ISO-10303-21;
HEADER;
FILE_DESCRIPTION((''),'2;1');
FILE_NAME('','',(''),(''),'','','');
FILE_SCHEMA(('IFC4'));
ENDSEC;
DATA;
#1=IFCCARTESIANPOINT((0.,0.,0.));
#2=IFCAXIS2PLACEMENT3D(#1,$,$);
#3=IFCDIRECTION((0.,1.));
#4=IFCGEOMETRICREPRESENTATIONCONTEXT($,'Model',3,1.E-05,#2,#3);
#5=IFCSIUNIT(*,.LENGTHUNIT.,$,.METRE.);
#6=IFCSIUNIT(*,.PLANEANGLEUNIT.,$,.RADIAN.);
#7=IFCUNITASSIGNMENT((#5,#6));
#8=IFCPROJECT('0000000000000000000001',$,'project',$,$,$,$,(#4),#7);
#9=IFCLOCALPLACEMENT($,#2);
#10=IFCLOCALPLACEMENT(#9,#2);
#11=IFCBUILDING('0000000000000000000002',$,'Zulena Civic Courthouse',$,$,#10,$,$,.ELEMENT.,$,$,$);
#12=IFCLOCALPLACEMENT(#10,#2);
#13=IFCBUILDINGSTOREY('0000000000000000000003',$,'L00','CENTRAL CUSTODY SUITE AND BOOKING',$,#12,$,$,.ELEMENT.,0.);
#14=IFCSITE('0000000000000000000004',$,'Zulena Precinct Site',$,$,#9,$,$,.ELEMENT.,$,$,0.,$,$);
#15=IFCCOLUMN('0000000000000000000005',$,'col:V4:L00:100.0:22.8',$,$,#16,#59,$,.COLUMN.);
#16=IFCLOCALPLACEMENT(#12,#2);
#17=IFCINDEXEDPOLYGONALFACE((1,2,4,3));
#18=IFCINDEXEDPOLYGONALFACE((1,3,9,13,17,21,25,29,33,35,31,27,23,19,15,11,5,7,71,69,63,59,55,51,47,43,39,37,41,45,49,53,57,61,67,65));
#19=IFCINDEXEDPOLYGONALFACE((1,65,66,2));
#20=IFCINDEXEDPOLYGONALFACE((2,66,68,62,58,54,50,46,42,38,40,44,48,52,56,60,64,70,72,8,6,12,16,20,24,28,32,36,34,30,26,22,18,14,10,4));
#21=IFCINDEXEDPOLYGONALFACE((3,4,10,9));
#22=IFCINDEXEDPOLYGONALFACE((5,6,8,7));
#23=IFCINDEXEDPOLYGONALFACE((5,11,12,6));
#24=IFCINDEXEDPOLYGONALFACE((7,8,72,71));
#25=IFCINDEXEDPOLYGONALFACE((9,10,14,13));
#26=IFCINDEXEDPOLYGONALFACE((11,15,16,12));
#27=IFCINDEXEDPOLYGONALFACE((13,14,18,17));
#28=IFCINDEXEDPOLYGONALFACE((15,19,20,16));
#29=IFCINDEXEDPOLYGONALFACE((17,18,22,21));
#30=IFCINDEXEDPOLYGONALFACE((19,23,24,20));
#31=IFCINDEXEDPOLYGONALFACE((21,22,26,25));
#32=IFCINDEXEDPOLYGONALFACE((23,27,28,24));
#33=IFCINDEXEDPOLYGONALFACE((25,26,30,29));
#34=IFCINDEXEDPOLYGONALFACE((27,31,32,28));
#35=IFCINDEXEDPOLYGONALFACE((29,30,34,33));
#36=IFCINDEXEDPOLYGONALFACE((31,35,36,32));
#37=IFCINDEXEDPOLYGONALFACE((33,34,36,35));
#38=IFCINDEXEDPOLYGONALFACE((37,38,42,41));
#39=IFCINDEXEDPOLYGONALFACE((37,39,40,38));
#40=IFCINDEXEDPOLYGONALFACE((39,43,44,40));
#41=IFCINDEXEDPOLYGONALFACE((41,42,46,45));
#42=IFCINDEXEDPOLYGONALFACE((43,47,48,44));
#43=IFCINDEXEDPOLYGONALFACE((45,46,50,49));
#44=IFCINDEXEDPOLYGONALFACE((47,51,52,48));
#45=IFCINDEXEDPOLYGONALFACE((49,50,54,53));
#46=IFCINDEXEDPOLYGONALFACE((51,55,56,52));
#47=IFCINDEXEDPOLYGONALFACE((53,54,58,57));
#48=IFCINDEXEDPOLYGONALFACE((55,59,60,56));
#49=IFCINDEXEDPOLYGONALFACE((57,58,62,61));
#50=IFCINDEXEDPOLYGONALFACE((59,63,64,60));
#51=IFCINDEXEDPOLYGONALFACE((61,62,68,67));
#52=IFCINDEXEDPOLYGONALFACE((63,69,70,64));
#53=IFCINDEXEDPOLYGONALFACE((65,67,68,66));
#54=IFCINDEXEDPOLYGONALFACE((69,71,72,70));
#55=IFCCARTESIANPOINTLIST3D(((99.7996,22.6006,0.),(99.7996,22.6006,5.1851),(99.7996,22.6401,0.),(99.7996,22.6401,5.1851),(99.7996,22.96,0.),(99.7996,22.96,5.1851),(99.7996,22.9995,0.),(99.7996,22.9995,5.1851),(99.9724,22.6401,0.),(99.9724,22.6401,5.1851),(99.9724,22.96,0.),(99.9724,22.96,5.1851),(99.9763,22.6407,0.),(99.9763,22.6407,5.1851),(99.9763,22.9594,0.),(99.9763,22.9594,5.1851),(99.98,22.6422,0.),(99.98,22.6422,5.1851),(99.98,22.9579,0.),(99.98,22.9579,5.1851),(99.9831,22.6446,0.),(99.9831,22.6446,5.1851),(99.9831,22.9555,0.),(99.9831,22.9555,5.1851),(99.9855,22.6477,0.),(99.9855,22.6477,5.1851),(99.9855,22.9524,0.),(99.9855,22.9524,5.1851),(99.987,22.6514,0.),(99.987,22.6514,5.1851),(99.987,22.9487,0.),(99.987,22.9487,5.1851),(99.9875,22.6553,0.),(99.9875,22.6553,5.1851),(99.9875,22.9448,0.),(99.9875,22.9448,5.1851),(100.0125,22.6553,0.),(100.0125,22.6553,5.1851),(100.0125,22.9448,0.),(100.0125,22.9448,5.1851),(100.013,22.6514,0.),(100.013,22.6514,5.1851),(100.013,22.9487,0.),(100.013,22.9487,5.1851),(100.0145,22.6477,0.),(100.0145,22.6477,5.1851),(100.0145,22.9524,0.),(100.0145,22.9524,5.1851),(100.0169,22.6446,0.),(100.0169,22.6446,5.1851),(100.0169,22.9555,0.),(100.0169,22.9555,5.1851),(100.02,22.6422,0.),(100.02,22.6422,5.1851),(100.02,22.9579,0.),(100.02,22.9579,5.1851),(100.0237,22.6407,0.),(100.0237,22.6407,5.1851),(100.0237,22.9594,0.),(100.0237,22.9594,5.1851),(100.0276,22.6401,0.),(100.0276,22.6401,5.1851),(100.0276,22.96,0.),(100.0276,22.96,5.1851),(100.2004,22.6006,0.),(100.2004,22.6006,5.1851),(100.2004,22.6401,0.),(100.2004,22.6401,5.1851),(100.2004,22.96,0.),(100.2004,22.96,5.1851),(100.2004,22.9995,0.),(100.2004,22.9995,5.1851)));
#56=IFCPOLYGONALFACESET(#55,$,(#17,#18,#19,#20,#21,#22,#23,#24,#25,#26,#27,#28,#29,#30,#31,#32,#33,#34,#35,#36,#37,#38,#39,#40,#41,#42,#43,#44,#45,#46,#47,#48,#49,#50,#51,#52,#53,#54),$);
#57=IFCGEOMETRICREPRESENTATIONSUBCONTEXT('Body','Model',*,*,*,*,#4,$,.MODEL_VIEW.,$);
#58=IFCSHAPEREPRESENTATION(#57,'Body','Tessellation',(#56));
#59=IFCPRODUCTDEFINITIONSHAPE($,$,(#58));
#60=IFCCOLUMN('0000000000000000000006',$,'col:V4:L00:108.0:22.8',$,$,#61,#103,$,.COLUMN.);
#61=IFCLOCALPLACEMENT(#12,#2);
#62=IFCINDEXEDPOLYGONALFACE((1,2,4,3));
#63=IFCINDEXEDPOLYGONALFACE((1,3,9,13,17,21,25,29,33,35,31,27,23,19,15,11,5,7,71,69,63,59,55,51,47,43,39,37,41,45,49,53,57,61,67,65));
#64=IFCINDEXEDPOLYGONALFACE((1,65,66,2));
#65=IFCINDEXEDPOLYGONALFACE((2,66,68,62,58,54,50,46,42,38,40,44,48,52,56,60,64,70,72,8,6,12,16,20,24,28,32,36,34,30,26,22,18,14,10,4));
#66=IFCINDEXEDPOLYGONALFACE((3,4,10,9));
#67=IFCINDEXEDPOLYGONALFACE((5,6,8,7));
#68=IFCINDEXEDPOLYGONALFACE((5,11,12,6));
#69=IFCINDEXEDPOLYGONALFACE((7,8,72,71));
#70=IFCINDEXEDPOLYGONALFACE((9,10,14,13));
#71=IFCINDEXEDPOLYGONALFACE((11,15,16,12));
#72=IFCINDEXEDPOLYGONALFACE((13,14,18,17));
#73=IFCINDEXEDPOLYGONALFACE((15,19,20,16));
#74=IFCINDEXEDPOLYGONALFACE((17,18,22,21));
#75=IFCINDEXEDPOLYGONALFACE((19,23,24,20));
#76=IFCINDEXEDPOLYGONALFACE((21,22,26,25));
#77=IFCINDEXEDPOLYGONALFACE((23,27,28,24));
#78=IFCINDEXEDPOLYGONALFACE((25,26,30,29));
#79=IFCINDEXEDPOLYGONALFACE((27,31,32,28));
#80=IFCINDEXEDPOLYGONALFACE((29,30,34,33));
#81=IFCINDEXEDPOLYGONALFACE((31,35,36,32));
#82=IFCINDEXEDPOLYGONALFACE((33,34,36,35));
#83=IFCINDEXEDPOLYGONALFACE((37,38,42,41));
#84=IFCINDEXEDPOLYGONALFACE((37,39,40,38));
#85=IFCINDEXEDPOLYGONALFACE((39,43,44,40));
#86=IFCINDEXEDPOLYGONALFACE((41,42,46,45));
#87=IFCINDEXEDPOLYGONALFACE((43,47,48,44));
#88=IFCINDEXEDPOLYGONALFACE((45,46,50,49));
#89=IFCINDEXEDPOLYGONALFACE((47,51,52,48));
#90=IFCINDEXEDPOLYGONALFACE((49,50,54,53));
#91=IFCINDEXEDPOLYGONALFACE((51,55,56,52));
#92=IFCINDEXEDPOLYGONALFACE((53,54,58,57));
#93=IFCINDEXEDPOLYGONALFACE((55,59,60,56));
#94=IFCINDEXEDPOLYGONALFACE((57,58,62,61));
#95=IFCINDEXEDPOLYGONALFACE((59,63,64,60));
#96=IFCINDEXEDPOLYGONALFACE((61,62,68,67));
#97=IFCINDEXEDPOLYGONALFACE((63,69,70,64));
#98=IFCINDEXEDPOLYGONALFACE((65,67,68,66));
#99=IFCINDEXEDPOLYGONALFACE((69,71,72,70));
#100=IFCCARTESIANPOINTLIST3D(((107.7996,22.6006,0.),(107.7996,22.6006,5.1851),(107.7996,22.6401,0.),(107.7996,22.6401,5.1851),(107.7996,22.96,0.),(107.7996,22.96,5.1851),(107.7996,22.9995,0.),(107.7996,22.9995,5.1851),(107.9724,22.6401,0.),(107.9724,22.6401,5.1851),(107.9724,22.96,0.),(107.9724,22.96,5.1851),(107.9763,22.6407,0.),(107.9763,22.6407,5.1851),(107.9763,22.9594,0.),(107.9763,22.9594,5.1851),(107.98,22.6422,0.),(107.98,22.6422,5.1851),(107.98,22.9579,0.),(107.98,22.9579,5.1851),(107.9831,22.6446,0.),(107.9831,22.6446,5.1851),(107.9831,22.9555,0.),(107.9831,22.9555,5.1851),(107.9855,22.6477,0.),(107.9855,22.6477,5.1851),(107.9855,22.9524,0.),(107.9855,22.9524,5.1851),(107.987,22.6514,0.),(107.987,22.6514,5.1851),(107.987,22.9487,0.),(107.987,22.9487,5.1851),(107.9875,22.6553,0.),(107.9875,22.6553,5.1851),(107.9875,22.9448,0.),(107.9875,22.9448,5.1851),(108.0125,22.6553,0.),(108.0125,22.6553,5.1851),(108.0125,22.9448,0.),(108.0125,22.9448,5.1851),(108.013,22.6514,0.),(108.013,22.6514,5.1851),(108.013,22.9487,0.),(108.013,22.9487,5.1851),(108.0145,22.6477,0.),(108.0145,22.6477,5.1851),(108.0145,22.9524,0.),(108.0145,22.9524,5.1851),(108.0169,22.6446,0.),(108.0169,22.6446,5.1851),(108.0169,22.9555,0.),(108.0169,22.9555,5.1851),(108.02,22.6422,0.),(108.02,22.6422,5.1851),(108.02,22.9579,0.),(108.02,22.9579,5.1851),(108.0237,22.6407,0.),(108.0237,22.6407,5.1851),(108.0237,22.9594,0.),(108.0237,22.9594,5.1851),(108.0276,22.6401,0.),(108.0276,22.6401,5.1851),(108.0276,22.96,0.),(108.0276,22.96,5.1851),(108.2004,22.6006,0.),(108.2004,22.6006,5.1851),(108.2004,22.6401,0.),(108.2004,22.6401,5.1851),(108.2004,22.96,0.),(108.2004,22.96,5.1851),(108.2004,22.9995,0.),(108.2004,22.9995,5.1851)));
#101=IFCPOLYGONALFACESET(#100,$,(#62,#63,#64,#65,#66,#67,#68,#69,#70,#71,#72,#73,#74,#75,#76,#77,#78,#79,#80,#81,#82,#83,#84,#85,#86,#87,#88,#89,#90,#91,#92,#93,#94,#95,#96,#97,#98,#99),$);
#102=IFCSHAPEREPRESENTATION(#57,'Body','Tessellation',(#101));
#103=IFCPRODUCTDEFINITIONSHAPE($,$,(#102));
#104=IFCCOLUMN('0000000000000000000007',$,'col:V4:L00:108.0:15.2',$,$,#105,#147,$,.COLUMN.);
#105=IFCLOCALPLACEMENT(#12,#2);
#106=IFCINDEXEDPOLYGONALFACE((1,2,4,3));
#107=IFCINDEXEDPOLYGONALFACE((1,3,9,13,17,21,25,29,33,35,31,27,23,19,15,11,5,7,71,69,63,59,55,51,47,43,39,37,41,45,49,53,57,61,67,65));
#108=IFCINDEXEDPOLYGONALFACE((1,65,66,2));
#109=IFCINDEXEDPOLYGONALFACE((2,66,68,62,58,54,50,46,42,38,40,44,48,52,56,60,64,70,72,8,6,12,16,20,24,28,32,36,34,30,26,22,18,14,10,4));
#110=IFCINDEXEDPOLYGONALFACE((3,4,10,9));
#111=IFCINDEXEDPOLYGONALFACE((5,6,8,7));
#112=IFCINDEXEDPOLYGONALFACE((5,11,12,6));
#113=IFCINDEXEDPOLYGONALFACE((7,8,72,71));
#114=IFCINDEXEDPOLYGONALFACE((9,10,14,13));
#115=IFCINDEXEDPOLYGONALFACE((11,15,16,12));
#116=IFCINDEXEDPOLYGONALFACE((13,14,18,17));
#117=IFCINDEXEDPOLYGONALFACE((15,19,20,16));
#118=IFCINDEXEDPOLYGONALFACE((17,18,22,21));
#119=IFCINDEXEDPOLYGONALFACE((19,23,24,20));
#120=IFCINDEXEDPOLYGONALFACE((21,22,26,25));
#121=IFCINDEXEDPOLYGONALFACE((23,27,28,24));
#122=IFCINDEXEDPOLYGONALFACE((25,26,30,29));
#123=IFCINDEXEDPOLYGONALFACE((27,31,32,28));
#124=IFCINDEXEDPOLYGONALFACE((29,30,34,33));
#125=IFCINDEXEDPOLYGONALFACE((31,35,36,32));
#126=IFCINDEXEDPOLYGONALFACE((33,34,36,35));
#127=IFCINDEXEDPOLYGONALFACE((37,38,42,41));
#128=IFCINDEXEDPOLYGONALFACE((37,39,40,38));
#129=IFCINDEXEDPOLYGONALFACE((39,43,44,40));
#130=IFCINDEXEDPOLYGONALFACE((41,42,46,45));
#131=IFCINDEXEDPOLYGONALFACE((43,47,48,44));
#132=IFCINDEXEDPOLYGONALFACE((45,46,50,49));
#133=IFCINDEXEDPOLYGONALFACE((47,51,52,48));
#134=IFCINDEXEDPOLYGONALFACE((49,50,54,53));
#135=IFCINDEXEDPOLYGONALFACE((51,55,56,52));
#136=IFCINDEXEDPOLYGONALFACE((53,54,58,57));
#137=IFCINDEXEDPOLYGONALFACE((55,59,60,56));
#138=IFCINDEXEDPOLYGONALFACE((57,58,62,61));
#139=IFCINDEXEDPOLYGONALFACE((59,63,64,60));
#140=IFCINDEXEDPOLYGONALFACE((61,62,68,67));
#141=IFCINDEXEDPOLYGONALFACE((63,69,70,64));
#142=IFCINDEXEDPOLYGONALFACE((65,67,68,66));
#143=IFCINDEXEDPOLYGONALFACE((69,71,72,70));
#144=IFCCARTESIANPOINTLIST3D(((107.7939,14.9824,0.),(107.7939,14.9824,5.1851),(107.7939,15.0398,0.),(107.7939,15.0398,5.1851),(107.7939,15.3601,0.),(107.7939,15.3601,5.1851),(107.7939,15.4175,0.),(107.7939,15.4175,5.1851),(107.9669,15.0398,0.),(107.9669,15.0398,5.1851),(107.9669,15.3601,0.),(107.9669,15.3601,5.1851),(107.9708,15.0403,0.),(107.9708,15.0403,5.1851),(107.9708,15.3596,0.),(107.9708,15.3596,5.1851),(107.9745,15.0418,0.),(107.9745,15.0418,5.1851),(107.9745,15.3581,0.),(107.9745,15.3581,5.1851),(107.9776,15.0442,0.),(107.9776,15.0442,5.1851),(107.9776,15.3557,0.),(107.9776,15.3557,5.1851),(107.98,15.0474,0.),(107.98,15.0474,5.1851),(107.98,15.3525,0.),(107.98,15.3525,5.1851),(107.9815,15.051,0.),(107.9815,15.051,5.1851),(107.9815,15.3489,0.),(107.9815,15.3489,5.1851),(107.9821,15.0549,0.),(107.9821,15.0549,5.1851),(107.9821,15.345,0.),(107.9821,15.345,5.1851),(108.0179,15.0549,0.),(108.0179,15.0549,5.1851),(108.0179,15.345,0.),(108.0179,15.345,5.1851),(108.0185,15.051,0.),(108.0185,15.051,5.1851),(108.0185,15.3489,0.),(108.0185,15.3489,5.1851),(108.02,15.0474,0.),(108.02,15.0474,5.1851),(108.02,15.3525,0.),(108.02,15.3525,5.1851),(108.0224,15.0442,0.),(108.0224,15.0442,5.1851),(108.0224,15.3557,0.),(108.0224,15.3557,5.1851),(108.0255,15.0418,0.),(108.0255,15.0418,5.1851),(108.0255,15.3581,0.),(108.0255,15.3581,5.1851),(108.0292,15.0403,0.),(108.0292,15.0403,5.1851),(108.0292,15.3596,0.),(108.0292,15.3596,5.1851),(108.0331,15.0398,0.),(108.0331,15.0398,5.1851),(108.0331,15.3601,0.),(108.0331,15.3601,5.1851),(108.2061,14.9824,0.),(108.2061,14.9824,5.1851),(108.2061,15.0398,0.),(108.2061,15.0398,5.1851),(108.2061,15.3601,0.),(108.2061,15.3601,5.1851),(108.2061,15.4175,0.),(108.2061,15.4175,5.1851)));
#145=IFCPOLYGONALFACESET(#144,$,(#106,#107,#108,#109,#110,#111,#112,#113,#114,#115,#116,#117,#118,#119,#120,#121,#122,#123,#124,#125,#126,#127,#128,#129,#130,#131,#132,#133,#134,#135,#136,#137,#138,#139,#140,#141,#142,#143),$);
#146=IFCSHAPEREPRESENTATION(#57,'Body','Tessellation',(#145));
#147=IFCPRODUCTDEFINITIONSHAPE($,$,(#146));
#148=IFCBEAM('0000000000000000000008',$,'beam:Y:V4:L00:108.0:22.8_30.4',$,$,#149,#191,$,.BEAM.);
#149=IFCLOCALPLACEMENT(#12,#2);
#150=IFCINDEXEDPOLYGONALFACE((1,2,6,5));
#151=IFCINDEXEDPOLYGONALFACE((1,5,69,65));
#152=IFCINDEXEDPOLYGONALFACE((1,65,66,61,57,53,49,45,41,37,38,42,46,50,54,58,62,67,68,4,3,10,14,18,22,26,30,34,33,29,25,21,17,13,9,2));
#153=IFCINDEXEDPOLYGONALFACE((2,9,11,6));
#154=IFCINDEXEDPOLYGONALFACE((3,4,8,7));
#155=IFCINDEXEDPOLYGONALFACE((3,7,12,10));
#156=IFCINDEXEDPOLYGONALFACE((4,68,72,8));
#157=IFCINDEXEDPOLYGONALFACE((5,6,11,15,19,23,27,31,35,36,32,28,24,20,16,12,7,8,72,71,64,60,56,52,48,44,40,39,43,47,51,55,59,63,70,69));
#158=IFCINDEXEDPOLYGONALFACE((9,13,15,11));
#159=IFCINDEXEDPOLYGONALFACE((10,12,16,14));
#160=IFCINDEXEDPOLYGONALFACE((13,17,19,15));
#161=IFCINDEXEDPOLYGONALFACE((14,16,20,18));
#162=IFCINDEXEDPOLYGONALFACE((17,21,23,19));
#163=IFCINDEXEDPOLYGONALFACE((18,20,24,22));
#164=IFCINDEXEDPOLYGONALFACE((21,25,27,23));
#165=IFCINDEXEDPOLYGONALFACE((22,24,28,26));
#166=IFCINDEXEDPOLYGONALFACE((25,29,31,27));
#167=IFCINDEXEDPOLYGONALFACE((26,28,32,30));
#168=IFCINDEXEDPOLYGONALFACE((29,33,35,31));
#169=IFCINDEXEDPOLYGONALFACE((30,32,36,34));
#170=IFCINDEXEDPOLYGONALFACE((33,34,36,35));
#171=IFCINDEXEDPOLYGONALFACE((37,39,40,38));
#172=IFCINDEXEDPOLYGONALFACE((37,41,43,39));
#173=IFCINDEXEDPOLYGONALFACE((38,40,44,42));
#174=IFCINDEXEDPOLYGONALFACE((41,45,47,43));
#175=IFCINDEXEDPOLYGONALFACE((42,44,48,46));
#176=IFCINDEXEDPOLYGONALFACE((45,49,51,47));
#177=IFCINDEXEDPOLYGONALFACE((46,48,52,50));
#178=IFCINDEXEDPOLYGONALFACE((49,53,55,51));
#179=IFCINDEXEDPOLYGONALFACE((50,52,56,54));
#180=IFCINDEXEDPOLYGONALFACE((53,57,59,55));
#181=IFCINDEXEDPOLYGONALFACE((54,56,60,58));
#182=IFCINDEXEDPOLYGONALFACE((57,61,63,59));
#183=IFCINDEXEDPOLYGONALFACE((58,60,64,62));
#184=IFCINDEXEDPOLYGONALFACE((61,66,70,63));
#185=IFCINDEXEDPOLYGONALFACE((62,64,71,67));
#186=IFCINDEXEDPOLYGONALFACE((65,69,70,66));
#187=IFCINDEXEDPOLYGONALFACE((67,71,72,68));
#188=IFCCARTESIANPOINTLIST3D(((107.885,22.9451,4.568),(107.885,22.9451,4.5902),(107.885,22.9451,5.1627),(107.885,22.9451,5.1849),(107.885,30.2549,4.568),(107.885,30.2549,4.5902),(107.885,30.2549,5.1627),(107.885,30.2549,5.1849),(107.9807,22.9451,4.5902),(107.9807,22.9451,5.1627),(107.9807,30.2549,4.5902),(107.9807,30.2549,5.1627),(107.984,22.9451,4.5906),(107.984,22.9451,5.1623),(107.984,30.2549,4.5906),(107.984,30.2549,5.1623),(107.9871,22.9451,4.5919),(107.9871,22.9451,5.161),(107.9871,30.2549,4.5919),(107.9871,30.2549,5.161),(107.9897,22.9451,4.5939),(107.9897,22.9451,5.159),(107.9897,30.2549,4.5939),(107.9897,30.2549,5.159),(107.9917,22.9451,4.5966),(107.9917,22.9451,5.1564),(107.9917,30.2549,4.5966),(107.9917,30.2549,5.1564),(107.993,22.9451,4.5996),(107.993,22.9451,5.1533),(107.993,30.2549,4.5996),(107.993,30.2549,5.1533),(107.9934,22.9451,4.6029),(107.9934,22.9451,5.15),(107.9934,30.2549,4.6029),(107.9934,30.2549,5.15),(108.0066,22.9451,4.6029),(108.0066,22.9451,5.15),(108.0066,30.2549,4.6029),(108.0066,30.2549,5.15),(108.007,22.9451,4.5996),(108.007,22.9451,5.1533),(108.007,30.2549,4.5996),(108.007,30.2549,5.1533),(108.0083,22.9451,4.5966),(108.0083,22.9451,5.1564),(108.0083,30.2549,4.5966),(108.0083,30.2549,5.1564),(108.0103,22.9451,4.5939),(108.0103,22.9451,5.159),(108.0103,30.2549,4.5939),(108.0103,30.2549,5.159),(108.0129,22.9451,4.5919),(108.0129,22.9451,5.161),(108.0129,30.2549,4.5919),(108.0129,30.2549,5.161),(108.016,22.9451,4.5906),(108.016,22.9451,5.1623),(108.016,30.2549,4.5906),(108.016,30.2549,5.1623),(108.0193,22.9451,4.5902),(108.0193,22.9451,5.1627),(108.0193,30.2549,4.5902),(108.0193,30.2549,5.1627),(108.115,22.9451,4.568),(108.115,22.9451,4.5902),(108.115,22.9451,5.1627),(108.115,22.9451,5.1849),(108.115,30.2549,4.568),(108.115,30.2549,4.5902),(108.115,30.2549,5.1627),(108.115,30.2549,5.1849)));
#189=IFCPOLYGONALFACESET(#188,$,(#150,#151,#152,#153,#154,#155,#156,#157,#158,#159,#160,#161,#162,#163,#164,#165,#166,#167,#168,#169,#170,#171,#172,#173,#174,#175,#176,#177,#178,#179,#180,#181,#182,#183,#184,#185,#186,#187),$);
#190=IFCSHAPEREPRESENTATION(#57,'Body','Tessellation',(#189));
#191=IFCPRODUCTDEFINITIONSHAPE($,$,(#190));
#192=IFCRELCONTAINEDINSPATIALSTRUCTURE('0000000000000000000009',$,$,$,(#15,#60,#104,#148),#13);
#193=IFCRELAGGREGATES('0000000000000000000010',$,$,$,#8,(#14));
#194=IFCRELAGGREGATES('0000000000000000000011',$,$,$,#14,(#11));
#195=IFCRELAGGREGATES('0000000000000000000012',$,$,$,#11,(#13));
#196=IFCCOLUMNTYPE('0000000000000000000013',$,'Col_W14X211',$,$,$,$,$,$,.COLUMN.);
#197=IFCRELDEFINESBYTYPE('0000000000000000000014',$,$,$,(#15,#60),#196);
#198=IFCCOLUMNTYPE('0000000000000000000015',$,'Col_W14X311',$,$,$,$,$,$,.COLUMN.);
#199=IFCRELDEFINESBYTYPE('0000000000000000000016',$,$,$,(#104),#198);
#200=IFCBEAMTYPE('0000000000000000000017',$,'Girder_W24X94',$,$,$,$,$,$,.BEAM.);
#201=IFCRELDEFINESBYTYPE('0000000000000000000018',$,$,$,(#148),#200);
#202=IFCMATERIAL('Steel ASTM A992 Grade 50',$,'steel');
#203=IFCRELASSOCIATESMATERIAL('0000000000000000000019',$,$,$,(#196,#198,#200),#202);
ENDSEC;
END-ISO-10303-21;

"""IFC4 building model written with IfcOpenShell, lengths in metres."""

from ifc_helpers import new_model, si_unit, direction, frame, origin, origin_2d, place, context, subcontext, project, spatial, i_section, extrude, material, material_profile, profile_set, type_object, element, save


model = new_model("IFC4")

# Units and contexts
model_context = context("Model", 3, precision=1e-05, world=origin(), true_north=direction((0.0, 1.0)))
body_context = subcontext(model_context, "Body", "Model", "MODEL_VIEW")
ifc_project = project(units=[si_unit("LENGTHUNIT", "METRE"), si_unit("PLANEANGLEUNIT", "RADIAN")], contexts=[model_context])

# Site, building, storey
site_placement = place(None, origin())
site = spatial("IfcSite", under=ifc_project, at=site_placement, Name="Zulena Precinct Site", CompositionType="ELEMENT", RefElevation=0.0)
building_placement = place(site_placement, origin())
building = spatial("IfcBuilding", under=site, at=building_placement, Name="Zulena Civic Courthouse", CompositionType="ELEMENT")
storey_placement = place(building_placement, origin())
storey = spatial("IfcBuildingStorey", under=building, at=storey_placement, Name="L00", Description="CENTRAL CUSTODY SUITE AND BOOKING", CompositionType="ELEMENT", Elevation=0.0)

# Columns
ifc_material_1 = material(Name="Steel ASTM A992 Grade 50", Category="steel")
ifc_material_profile_1 = material_profile(ifc_material_1, i_section(OverallWidth=0.4009, OverallDepth=0.3989, WebThickness=0.0249, FlangeThickness=0.0396, FilletRadius=0.0151, at=origin_2d()), Name="W14X211")
ifc_profile_set_1 = profile_set([ifc_material_profile_1], Name="Steel ASTM A992 Grade 50")
column_type_1 = type_object("IfcColumnType", Name="Col_W14X211", PredefinedType="COLUMN", material=ifc_profile_set_1)
for number, where, z_axis, x_axis, name in (
    (1, (100.0, 22.8, 0.0), (0.0, 0.0, 1.0), (1.0, 0.0, 0.0), "col:V4:L00:100.0:22.8"),
    (2, (108.0, 22.8, 0.0), (0.0, 0.0, 1.0), (1.0, 0.0, 0.0), "col:V4:L00:108.0:22.8"),
):
    element("IfcColumn", number, at=place(storey_placement, frame(where, z_axis=z_axis, x_axis=x_axis)), inside=storey, type_object=column_type_1, Name=name, PredefinedType="COLUMN", context=body_context, shape_type="SweptSolid", body=[
        extrude(i_section(OverallWidth=0.4009, OverallDepth=0.3989, WebThickness=0.0249, FlangeThickness=0.0396, FilletRadius=0.0151, at=origin_2d()), origin(), (0.0, 0.0, 1.0), 5.1851),
    ])
ifc_material_profile_2 = material_profile(ifc_material_1, i_section(OverallWidth=0.4121, OverallDepth=0.4351, WebThickness=0.0359, FlangeThickness=0.0574, FilletRadius=0.0151, at=origin_2d()), Name="W14X311")
ifc_profile_set_2 = profile_set([ifc_material_profile_2], Name="Steel ASTM A992 Grade 50")
column_type_2 = type_object("IfcColumnType", Name="Col_W14X311", PredefinedType="COLUMN", material=ifc_profile_set_2)
column_placement = place(storey_placement, frame((108.0, 15.2, 0.0), z_axis=(0.0, 0.0, 1.0), x_axis=(1.0, 0.0, 0.0)))
element("IfcColumn", 3, at=column_placement, inside=storey, type_object=column_type_2, Name="col:V4:L00:108.0:15.2", PredefinedType="COLUMN", context=body_context, shape_type="SweptSolid", body=[
    extrude(i_section(OverallWidth=0.4121, OverallDepth=0.4351, WebThickness=0.0359, FlangeThickness=0.0574, FilletRadius=0.0151, at=origin_2d()), origin(), (0.0, 0.0, 1.0), 5.1851),
])

# Beam
ifc_material_profile_3 = material_profile(ifc_material_1, i_section(OverallWidth=0.23, OverallDepth=0.6169, WebThickness=0.0132, FlangeThickness=0.0222, FilletRadius=0.0127, at=origin_2d()), Name="W24X94")
ifc_profile_set_3 = profile_set([ifc_material_profile_3], Name="Steel ASTM A992 Grade 50")
beam_type_1 = type_object("IfcBeamType", Name="Girder_W24X94", PredefinedType="BEAM", material=ifc_profile_set_3)
beam_1_placement = place(storey_placement, frame((108.0, 22.9451, 4.8765), z_axis=(0.0, 1.0, 0.0), x_axis=(-1.0, 0.0, 0.0)))
element("IfcBeam", 4, at=beam_1_placement, inside=storey, type_object=beam_type_1, Name="beam:Y:V4:L00:108.0:22.8_30.4", PredefinedType="BEAM", context=body_context, shape_type="SweptSolid", body=[
    extrude(i_section(OverallWidth=0.23, OverallDepth=0.6169, WebThickness=0.0132, FlangeThickness=0.0222, FilletRadius=0.0127, at=origin_2d()), origin(), (0.0, 0.0, 1.0), 7.3098),
])

save(model, "model.ifc")
